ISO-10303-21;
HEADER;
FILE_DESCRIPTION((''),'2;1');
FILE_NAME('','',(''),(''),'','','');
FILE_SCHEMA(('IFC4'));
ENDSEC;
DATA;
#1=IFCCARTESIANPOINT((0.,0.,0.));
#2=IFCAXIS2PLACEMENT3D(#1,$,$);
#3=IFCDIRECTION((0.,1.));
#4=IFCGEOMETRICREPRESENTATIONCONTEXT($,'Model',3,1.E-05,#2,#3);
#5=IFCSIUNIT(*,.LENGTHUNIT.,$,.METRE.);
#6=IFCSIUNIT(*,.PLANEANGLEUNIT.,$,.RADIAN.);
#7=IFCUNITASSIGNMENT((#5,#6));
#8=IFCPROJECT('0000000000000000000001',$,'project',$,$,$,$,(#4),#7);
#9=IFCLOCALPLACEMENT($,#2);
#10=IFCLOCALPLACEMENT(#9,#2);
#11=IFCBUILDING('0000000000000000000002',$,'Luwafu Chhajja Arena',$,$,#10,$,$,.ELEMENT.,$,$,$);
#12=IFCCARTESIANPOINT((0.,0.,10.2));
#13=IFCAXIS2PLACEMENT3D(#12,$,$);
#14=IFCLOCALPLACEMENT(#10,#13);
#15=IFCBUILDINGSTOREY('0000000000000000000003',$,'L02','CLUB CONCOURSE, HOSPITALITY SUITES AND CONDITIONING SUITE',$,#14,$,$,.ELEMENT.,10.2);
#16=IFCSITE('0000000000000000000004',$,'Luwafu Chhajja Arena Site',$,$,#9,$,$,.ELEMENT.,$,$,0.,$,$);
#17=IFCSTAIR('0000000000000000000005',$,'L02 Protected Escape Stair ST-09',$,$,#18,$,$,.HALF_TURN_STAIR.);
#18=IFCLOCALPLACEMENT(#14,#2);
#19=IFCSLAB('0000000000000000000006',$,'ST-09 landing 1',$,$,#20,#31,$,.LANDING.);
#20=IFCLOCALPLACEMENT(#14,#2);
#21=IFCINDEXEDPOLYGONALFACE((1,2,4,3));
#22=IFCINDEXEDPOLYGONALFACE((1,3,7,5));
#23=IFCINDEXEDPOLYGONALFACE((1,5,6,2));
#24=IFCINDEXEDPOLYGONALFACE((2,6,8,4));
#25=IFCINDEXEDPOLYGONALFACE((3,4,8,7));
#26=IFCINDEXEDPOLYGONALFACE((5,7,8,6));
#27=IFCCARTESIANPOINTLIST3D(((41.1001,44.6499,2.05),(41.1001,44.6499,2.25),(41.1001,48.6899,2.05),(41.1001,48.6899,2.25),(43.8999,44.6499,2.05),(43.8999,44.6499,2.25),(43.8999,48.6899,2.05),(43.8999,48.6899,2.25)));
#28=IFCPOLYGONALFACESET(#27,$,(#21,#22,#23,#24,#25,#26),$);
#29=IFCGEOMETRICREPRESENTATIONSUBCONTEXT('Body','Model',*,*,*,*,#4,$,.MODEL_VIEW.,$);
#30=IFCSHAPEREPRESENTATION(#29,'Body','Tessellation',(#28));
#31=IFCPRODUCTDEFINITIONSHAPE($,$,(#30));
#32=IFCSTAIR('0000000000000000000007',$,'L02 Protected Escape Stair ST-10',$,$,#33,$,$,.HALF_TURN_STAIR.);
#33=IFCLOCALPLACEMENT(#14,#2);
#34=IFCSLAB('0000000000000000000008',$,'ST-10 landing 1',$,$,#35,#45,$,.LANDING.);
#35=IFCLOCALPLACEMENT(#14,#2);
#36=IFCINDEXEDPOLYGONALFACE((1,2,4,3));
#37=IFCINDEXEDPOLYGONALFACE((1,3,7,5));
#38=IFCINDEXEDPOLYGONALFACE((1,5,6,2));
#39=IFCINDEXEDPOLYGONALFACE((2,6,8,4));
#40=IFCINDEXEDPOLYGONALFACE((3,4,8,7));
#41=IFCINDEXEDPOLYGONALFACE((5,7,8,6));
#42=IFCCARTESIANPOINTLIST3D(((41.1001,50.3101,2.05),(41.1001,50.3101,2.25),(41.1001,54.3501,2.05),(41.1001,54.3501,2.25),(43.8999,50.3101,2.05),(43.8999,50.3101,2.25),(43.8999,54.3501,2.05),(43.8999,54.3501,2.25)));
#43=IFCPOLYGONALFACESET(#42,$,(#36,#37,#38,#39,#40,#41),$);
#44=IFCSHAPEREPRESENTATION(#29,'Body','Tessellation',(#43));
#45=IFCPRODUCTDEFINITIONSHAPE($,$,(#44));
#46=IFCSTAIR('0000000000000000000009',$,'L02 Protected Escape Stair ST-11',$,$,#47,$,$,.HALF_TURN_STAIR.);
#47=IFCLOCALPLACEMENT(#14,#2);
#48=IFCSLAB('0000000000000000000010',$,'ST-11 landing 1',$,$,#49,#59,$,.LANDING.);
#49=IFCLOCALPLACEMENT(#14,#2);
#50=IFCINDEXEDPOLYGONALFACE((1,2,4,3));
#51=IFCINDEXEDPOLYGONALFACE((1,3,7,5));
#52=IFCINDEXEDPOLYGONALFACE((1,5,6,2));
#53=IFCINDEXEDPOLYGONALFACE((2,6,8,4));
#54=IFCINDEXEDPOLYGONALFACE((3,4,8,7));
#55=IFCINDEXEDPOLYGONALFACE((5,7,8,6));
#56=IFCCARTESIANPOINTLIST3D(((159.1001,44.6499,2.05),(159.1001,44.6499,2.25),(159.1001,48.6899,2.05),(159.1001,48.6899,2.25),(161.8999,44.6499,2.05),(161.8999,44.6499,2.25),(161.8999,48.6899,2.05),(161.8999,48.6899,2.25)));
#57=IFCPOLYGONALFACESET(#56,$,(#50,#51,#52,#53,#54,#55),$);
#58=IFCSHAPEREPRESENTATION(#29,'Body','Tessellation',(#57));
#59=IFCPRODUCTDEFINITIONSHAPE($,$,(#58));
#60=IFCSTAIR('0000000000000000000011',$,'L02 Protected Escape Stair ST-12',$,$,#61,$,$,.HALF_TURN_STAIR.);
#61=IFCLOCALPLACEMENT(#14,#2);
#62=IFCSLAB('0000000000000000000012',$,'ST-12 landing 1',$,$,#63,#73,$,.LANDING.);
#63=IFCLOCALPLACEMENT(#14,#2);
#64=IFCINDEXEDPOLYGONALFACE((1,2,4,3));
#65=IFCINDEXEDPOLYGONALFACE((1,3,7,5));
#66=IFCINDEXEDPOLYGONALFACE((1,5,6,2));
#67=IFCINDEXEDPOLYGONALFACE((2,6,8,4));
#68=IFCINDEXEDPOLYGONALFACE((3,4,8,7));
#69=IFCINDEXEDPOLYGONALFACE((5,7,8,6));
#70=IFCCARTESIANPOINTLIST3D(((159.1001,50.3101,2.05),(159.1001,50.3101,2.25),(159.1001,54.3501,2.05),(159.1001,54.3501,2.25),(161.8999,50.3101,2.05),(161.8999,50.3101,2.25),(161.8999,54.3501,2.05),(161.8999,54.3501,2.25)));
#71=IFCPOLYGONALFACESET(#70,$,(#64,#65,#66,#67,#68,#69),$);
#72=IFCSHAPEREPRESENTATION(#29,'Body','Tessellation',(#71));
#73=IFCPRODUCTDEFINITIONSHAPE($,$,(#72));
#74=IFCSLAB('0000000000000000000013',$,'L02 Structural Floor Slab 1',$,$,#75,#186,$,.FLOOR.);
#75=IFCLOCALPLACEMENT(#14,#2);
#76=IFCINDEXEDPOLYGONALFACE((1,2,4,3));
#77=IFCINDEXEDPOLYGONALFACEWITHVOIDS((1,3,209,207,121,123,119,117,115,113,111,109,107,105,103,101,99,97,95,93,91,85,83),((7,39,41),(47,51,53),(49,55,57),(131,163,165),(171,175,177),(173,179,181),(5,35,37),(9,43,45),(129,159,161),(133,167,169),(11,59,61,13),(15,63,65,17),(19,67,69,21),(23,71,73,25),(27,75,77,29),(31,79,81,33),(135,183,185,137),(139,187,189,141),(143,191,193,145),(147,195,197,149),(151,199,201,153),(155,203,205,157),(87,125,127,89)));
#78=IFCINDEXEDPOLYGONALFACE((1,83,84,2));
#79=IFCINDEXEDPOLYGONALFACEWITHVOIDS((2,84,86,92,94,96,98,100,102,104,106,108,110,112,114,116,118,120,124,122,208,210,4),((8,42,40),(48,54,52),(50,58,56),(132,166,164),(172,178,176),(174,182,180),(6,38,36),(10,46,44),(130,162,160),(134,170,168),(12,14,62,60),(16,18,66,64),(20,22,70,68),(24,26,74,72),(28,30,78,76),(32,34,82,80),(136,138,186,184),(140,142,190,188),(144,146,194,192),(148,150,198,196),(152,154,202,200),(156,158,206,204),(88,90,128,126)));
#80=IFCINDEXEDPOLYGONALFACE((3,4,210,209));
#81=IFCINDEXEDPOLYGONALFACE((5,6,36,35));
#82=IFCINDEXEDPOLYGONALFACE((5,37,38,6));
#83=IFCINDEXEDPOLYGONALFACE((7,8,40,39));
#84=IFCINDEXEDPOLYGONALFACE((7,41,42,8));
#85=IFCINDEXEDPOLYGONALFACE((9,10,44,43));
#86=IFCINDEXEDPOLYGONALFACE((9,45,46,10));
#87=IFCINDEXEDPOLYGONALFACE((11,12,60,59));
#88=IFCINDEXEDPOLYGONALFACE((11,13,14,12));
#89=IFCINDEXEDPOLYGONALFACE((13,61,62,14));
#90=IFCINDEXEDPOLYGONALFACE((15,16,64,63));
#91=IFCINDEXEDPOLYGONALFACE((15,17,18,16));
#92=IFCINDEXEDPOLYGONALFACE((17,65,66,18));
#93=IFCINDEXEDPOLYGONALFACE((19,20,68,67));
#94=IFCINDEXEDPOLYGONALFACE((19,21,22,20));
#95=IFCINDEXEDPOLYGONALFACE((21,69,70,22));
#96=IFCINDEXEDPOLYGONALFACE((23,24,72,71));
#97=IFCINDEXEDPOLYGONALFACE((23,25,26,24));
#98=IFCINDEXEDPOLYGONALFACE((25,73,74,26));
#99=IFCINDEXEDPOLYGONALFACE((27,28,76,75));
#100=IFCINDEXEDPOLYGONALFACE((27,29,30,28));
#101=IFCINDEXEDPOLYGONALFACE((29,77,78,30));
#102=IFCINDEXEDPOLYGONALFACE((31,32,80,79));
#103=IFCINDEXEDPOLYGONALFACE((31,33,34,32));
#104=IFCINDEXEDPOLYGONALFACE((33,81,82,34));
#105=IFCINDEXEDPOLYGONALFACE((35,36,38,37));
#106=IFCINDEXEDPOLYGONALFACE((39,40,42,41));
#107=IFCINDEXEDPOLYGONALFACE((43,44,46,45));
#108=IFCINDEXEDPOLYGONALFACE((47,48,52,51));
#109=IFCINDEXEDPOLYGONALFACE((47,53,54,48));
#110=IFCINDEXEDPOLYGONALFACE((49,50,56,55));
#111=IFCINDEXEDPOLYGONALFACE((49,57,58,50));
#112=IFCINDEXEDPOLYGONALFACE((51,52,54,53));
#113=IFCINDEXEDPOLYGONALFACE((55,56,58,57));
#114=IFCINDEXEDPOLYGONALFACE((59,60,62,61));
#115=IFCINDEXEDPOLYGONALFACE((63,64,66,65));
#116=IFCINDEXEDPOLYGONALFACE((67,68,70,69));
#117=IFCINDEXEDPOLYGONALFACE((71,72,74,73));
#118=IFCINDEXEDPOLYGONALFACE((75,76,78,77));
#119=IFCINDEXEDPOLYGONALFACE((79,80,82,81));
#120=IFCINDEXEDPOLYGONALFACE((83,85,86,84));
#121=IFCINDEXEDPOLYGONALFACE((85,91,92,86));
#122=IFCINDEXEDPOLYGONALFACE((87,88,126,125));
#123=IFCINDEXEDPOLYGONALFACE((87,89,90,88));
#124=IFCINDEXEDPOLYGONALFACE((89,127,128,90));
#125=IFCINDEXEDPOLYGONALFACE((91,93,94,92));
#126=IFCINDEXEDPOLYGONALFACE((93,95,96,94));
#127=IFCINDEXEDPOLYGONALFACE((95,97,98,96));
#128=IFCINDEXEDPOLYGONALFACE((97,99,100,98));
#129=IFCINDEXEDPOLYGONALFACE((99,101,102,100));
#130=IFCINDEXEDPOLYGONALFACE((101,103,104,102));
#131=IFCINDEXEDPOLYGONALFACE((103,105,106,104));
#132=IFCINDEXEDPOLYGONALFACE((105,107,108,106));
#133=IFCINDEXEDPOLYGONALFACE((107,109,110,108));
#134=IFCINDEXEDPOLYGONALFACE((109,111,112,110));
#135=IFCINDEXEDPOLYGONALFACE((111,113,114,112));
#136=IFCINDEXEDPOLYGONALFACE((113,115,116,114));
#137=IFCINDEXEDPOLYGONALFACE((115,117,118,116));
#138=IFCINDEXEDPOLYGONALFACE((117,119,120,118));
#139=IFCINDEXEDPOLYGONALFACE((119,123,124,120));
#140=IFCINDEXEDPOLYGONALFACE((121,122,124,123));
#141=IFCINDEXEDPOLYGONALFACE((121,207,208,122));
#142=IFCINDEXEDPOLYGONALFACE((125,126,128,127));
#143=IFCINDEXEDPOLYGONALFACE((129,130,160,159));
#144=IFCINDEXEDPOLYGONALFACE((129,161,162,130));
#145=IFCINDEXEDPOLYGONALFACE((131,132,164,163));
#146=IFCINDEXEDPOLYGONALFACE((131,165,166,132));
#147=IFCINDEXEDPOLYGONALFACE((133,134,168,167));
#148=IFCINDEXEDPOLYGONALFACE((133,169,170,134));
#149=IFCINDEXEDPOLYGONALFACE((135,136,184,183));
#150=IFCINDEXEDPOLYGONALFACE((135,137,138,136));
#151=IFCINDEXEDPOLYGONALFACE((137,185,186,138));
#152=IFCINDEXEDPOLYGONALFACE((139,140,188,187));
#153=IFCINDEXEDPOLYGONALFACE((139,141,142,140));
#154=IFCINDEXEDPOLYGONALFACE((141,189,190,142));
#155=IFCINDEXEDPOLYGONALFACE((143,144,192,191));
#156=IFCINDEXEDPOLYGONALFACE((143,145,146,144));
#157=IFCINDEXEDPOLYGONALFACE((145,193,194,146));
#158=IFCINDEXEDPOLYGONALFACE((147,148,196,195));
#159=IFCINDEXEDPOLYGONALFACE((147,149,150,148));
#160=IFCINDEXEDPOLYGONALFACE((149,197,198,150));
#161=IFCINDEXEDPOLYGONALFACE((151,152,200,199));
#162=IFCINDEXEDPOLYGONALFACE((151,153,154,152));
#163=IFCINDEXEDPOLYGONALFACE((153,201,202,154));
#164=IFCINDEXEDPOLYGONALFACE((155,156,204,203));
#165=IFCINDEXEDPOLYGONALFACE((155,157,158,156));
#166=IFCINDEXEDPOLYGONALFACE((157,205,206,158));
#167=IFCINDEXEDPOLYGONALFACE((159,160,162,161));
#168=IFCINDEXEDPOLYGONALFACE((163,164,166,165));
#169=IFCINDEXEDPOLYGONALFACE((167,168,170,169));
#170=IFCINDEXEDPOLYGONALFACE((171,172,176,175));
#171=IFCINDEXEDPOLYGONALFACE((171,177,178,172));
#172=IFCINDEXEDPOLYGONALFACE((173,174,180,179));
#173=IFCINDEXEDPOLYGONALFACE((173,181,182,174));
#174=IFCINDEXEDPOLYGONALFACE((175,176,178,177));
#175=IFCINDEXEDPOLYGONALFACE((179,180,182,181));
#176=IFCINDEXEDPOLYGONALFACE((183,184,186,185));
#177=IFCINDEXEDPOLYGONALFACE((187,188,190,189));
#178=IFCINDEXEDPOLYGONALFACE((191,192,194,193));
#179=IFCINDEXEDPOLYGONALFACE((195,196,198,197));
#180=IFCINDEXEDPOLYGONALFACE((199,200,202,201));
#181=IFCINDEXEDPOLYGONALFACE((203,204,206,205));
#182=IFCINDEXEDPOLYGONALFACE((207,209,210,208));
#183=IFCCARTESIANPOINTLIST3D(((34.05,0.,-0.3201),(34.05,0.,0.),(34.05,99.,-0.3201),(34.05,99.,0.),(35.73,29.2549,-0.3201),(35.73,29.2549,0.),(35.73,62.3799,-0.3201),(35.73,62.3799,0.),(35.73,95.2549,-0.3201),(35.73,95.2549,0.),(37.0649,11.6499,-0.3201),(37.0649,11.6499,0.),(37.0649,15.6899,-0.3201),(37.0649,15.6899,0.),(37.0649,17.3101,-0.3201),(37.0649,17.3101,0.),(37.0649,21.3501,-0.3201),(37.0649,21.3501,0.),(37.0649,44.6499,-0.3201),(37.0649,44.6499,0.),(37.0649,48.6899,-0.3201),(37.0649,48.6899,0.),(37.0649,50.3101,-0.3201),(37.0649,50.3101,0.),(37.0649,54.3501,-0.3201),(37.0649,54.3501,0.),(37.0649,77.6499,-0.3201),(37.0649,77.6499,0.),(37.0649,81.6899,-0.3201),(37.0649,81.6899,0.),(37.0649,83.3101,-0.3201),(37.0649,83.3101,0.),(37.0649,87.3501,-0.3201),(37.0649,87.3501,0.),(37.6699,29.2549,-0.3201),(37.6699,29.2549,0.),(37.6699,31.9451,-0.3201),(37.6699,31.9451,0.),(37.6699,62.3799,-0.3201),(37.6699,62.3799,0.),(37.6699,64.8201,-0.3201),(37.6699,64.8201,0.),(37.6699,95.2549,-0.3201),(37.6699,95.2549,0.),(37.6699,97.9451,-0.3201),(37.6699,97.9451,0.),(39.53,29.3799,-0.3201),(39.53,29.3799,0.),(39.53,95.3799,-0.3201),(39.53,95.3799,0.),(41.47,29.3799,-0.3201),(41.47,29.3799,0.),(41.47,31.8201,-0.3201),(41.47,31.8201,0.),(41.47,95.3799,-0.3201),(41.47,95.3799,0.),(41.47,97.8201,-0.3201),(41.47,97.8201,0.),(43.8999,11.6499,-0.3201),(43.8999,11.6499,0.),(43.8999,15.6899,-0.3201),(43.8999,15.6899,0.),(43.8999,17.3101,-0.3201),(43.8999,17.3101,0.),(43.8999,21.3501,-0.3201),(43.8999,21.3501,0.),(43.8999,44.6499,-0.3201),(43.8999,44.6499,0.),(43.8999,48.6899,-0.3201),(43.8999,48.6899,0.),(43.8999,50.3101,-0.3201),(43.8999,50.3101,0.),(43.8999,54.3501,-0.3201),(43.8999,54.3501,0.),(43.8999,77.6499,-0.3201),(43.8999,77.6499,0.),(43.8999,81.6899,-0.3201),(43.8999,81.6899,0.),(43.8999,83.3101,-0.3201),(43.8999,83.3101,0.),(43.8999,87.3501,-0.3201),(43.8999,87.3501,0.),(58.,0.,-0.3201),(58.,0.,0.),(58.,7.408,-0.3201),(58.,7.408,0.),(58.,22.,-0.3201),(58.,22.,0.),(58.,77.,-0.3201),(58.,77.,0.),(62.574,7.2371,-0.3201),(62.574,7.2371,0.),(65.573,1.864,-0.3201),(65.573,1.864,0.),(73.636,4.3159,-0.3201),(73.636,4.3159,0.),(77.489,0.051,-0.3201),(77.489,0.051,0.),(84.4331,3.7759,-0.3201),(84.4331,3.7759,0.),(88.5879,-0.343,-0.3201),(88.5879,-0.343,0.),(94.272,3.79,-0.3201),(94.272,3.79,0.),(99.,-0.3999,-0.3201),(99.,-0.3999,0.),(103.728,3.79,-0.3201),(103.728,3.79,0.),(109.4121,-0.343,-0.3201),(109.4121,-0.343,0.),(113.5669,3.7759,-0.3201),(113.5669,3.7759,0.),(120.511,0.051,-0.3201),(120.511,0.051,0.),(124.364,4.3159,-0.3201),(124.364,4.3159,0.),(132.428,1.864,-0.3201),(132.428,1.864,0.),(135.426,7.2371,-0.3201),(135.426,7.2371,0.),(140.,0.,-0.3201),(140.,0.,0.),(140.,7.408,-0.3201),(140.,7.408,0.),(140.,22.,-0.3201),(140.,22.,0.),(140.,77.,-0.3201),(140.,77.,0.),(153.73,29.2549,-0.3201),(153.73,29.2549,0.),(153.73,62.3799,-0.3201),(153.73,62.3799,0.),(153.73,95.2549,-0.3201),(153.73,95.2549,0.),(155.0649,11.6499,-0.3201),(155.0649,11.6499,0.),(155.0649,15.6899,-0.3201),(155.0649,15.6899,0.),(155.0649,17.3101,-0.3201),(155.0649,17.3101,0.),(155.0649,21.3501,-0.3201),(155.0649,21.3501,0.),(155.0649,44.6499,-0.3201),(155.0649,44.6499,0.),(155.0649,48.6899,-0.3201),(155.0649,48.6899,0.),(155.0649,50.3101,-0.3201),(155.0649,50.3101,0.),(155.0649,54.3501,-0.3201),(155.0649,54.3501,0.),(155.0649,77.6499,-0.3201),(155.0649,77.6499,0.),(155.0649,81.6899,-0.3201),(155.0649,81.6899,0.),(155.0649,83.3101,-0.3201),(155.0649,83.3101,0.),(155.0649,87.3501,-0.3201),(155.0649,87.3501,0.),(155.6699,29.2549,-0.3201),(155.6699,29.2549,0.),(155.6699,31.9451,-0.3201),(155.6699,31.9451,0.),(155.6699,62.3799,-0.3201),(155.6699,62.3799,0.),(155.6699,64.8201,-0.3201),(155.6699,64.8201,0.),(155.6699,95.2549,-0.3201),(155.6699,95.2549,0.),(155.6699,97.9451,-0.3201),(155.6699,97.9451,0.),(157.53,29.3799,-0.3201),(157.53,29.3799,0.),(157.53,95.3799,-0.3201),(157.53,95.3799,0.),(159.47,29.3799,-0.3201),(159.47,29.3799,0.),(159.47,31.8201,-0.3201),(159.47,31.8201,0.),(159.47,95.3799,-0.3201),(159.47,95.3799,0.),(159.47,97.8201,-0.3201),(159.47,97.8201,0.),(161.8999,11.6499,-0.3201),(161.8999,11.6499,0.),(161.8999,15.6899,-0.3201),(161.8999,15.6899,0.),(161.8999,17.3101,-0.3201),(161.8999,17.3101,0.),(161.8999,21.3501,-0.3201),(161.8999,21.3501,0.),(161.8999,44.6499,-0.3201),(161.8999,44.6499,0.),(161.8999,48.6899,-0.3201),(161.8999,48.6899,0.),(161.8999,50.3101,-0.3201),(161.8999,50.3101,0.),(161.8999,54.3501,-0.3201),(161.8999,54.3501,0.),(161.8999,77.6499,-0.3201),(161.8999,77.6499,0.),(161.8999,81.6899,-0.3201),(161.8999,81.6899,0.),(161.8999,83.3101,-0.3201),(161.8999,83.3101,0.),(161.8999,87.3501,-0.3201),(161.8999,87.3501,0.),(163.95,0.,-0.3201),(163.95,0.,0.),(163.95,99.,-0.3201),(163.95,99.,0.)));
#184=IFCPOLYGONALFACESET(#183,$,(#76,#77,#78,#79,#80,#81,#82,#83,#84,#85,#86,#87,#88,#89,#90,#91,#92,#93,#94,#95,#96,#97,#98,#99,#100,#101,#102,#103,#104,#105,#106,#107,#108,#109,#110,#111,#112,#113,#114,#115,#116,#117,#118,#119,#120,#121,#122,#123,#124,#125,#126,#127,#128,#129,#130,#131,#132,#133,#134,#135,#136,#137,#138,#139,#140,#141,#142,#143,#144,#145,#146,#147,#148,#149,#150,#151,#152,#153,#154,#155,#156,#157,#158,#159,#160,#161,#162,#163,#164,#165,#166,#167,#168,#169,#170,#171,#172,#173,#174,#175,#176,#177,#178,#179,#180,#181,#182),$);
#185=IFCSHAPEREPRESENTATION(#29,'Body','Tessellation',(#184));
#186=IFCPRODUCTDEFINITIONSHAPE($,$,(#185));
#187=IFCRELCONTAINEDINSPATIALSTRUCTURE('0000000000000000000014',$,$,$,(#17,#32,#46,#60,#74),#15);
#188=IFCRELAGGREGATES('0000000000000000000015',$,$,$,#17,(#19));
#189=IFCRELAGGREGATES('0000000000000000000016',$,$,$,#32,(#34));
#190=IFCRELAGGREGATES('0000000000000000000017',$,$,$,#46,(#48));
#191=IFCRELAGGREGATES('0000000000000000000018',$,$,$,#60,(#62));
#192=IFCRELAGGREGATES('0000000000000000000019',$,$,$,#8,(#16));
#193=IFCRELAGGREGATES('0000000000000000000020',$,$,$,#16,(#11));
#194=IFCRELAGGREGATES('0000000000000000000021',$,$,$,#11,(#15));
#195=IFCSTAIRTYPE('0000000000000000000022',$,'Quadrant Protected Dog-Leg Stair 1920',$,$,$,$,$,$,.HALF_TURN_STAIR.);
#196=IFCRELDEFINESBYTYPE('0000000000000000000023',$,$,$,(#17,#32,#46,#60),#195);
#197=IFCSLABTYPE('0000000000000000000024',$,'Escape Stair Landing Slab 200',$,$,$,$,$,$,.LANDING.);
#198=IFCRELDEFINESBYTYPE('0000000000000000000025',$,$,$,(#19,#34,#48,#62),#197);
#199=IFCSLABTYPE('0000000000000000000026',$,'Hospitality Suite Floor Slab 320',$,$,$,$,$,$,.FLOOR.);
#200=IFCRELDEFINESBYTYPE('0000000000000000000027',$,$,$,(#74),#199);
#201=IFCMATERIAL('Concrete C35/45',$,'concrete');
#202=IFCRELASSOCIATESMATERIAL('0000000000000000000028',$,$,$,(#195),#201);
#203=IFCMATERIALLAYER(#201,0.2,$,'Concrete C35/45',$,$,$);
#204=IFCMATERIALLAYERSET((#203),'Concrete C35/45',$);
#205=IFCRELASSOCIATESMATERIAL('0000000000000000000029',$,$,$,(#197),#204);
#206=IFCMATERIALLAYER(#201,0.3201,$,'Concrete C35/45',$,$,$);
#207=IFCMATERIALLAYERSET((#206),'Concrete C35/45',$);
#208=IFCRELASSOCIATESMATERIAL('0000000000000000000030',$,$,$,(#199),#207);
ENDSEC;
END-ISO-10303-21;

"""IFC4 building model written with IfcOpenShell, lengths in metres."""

from ifc_helpers import new_model, si_unit, direction, frame, origin, place, context, subcontext, project, spatial, polyline, outline, extrude, material, layer, layer_set, type_object, element, aggregate, save


model = new_model("IFC4")

# Units and contexts
model_context = context("Model", 3, precision=1e-05, world=origin(), true_north=direction((0.0, 1.0)))
body_context = subcontext(model_context, "Body", "Model", "MODEL_VIEW")
ifc_project = project(units=[si_unit("LENGTHUNIT", "METRE"), si_unit("PLANEANGLEUNIT", "RADIAN")], contexts=[model_context])

# Site, building, storey
site_placement = place(None, origin())
site = spatial("IfcSite", under=ifc_project, at=site_placement, Name="Luwafu Chhajja Arena Site", CompositionType="ELEMENT", RefElevation=0.0)
building_placement = place(site_placement, origin())
building = spatial("IfcBuilding", under=site, at=building_placement, Name="Luwafu Chhajja Arena", CompositionType="ELEMENT")
storey_placement = place(building_placement, frame((0.0, 0.0, 10.2)))
storey = spatial("IfcBuildingStorey", under=building, at=storey_placement, Name="L02", Description="CLUB CONCOURSE, HOSPITALITY SUITES AND CONDITIONING SUITE", CompositionType="ELEMENT", Elevation=10.2)

# Shared definitions
ifc_material_1 = material(Name="Concrete C35/45", Category="concrete")

# Stairs, slabs
stair_type = type_object("IfcStairType", Name="Quadrant Protected Dog-Leg Stair 1920", PredefinedType="HALF_TURN_STAIR", material=ifc_material_1)
ifc_layer_1 = layer(ifc_material_1, 0.2, Name="Concrete C35/45")
ifc_layer_set_1 = layer_set([ifc_layer_1], Name="Concrete C35/45")
slab_type_1 = type_object("IfcSlabType", Name="Escape Stair Landing Slab 200", PredefinedType="LANDING", material=ifc_layer_set_1)
stair_1_placement = place(storey_placement, origin())
stair_1 = element("IfcStair", 1, at=stair_1_placement, inside=storey, type_object=stair_type, Name="L02 Protected Escape Stair ST-09", PredefinedType="HALF_TURN_STAIR")
slab_1_placement = place(storey_placement, frame((0.0, 0.0, 2.05)))
slab_1 = element("IfcSlab", 2, at=slab_1_placement, type_object=slab_type_1, Name="ST-09 landing 1", PredefinedType="LANDING", context=body_context, shape_type="SweptSolid", body=[
    extrude(outline(polyline([(41.1001, 44.6499), (43.8999, 44.6499), (43.8999, 48.6899), (41.1001, 48.6899), (41.1001, 44.6499)])), origin(), (0.0, 0.0, 1.0), 0.2),
])
aggregate(stair_1, [slab_1])
stair_2_placement = place(storey_placement, origin())
stair_2 = element("IfcStair", 3, at=stair_2_placement, inside=storey, type_object=stair_type, Name="L02 Protected Escape Stair ST-10", PredefinedType="HALF_TURN_STAIR")
slab_2_placement = place(storey_placement, frame((0.0, 0.0, 2.05)))
slab_2 = element("IfcSlab", 4, at=slab_2_placement, type_object=slab_type_1, Name="ST-10 landing 1", PredefinedType="LANDING", context=body_context, shape_type="SweptSolid", body=[
    extrude(outline(polyline([(41.1001, 50.3101), (43.8999, 50.3101), (43.8999, 54.3501), (41.1001, 54.3501), (41.1001, 50.3101)])), origin(), (0.0, 0.0, 1.0), 0.2),
])
aggregate(stair_2, [slab_2])
stair_3_placement = place(storey_placement, origin())
stair_3 = element("IfcStair", 5, at=stair_3_placement, inside=storey, type_object=stair_type, Name="L02 Protected Escape Stair ST-11", PredefinedType="HALF_TURN_STAIR")
slab_3_placement = place(storey_placement, frame((0.0, 0.0, 2.05)))
slab_3 = element("IfcSlab", 6, at=slab_3_placement, type_object=slab_type_1, Name="ST-11 landing 1", PredefinedType="LANDING", context=body_context, shape_type="SweptSolid", body=[
    extrude(outline(polyline([(159.1001, 44.6499), (161.8999, 44.6499), (161.8999, 48.6899), (159.1001, 48.6899), (159.1001, 44.6499)])), origin(), (0.0, 0.0, 1.0), 0.2),
])
aggregate(stair_3, [slab_3])
stair_4_placement = place(storey_placement, origin())
stair_4 = element("IfcStair", 7, at=stair_4_placement, inside=storey, type_object=stair_type, Name="L02 Protected Escape Stair ST-12", PredefinedType="HALF_TURN_STAIR")
slab_4_placement = place(storey_placement, frame((0.0, 0.0, 2.05)))
slab_4 = element("IfcSlab", 8, at=slab_4_placement, type_object=slab_type_1, Name="ST-12 landing 1", PredefinedType="LANDING", context=body_context, shape_type="SweptSolid", body=[
    extrude(outline(polyline([(159.1001, 50.3101), (161.8999, 50.3101), (161.8999, 54.3501), (159.1001, 54.3501), (159.1001, 50.3101)])), origin(), (0.0, 0.0, 1.0), 0.2),
])
aggregate(stair_4, [slab_4])

# Slab
ifc_layer_2 = layer(ifc_material_1, 0.3201, Name="Concrete C35/45")
ifc_layer_set_2 = layer_set([ifc_layer_2], Name="Concrete C35/45")
slab_type_2 = type_object("IfcSlabType", Name="Hospitality Suite Floor Slab 320", PredefinedType="FLOOR", material=ifc_layer_set_2)
slab_5_placement = place(storey_placement, frame((0.0, 0.0, -0.3201)))
element("IfcSlab", 9, at=slab_5_placement, inside=storey, type_object=slab_type_2, Name="L02 Structural Floor Slab 1", PredefinedType="FLOOR", context=body_context, shape_type="SweptSolid", body=[
    extrude(outline(polyline([(163.95, 99.0), (163.95, 0.0), (140.0, 0.0), (140.0, 7.408), (135.426, 7.2371), (132.428, 1.864), (124.364, 4.3159), (120.511, 0.051), (113.5669, 3.7759), (109.4121, -0.343), (103.728, 3.79), (99.0, -0.3999), (94.272, 3.79), (88.5879, -0.343), (84.4331, 3.7759), (77.489, 0.051), (73.636, 4.3159), (65.573, 1.864), (62.574, 7.2371), (58.0, 7.408), (58.0, 0.0), (34.05, 0.0), (34.05, 99.0), (163.95, 99.0)]), holes=[polyline([(161.8999, 81.6899), (155.0649, 81.6899), (155.0649, 77.6499), (161.8999, 77.6499), (161.8999, 81.6899)]), polyline([(161.8999, 48.6899), (155.0649, 48.6899), (155.0649, 44.6499), (161.8999, 44.6499), (161.8999, 48.6899)]), polyline([(161.8999, 15.6899), (155.0649, 15.6899), (155.0649, 11.6499), (161.8999, 11.6499), (161.8999, 15.6899)]), polyline([(161.8999, 17.3101), (161.8999, 21.3501), (155.0649, 21.3501), (155.0649, 17.3101), (161.8999, 17.3101)]), polyline([(161.8999, 50.3101), (161.8999, 54.3501), (155.0649, 54.3501), (155.0649, 50.3101), (161.8999, 50.3101)]), polyline([(161.8999, 83.3101), (161.8999, 87.3501), (155.0649, 87.3501), (155.0649, 83.3101), (161.8999, 83.3101)]), polyline([(157.53, 29.3799), (159.47, 29.3799), (159.47, 31.8201), (157.53, 29.3799)]), polyline([(159.47, 97.8201), (157.53, 95.3799), (159.47, 95.3799), (159.47, 97.8201)]), polyline([(153.73, 62.3799), (155.6699, 62.3799), (155.6699, 64.8201), (153.73, 62.3799)]), polyline([(153.73, 95.2549), (155.6699, 95.2549), (155.6699, 97.9451), (153.73, 95.2549)]), polyline([(155.6699, 29.2549), (155.6699, 31.9451), (153.73, 29.2549), (155.6699, 29.2549)]), polyline([(140.0, 77.0), (58.0, 77.0), (58.0, 22.0), (140.0, 22.0), (140.0, 77.0)]), polyline([(37.0649, 87.3501), (37.0649, 83.3101), (43.8999, 83.3101), (43.8999, 87.3501), (37.0649, 87.3501)]), polyline([(37.0649, 21.3501), (37.0649, 17.3101), (43.8999, 17.3101), (43.8999, 21.3501), (37.0649, 21.3501)]), polyline([(37.0649, 11.6499), (43.8999, 11.6499), (43.8999, 15.6899), (37.0649, 15.6899), (37.0649, 11.6499)]), polyline([(37.0649, 44.6499), (43.8999, 44.6499), (43.8999, 48.6899), (37.0649, 48.6899), (37.0649, 44.6499)]), polyline([(37.0649, 77.6499), (43.8999, 77.6499), (43.8999, 81.6899), (37.0649, 81.6899), (37.0649, 77.6499)]), polyline([(37.0649, 54.3501), (37.0649, 50.3101), (43.8999, 50.3101), (43.8999, 54.3501), (37.0649, 54.3501)]), polyline([(41.47, 95.3799), (41.47, 97.8201), (39.53, 95.3799), (41.47, 95.3799)]), polyline([(41.47, 31.8201), (39.53, 29.3799), (41.47, 29.3799), (41.47, 31.8201)]), polyline([(37.6699, 97.9451), (35.73, 95.2549), (37.6699, 95.2549), (37.6699, 97.9451)]), polyline([(35.73, 29.2549), (37.6699, 29.2549), (37.6699, 31.9451), (35.73, 29.2549)]), polyline([(37.6699, 62.3799), (37.6699, 64.8201), (35.73, 62.3799), (37.6699, 62.3799)])]), origin(), (0.0, 0.0, 1.0), 0.3201),
])

save(model, "model.ifc")
